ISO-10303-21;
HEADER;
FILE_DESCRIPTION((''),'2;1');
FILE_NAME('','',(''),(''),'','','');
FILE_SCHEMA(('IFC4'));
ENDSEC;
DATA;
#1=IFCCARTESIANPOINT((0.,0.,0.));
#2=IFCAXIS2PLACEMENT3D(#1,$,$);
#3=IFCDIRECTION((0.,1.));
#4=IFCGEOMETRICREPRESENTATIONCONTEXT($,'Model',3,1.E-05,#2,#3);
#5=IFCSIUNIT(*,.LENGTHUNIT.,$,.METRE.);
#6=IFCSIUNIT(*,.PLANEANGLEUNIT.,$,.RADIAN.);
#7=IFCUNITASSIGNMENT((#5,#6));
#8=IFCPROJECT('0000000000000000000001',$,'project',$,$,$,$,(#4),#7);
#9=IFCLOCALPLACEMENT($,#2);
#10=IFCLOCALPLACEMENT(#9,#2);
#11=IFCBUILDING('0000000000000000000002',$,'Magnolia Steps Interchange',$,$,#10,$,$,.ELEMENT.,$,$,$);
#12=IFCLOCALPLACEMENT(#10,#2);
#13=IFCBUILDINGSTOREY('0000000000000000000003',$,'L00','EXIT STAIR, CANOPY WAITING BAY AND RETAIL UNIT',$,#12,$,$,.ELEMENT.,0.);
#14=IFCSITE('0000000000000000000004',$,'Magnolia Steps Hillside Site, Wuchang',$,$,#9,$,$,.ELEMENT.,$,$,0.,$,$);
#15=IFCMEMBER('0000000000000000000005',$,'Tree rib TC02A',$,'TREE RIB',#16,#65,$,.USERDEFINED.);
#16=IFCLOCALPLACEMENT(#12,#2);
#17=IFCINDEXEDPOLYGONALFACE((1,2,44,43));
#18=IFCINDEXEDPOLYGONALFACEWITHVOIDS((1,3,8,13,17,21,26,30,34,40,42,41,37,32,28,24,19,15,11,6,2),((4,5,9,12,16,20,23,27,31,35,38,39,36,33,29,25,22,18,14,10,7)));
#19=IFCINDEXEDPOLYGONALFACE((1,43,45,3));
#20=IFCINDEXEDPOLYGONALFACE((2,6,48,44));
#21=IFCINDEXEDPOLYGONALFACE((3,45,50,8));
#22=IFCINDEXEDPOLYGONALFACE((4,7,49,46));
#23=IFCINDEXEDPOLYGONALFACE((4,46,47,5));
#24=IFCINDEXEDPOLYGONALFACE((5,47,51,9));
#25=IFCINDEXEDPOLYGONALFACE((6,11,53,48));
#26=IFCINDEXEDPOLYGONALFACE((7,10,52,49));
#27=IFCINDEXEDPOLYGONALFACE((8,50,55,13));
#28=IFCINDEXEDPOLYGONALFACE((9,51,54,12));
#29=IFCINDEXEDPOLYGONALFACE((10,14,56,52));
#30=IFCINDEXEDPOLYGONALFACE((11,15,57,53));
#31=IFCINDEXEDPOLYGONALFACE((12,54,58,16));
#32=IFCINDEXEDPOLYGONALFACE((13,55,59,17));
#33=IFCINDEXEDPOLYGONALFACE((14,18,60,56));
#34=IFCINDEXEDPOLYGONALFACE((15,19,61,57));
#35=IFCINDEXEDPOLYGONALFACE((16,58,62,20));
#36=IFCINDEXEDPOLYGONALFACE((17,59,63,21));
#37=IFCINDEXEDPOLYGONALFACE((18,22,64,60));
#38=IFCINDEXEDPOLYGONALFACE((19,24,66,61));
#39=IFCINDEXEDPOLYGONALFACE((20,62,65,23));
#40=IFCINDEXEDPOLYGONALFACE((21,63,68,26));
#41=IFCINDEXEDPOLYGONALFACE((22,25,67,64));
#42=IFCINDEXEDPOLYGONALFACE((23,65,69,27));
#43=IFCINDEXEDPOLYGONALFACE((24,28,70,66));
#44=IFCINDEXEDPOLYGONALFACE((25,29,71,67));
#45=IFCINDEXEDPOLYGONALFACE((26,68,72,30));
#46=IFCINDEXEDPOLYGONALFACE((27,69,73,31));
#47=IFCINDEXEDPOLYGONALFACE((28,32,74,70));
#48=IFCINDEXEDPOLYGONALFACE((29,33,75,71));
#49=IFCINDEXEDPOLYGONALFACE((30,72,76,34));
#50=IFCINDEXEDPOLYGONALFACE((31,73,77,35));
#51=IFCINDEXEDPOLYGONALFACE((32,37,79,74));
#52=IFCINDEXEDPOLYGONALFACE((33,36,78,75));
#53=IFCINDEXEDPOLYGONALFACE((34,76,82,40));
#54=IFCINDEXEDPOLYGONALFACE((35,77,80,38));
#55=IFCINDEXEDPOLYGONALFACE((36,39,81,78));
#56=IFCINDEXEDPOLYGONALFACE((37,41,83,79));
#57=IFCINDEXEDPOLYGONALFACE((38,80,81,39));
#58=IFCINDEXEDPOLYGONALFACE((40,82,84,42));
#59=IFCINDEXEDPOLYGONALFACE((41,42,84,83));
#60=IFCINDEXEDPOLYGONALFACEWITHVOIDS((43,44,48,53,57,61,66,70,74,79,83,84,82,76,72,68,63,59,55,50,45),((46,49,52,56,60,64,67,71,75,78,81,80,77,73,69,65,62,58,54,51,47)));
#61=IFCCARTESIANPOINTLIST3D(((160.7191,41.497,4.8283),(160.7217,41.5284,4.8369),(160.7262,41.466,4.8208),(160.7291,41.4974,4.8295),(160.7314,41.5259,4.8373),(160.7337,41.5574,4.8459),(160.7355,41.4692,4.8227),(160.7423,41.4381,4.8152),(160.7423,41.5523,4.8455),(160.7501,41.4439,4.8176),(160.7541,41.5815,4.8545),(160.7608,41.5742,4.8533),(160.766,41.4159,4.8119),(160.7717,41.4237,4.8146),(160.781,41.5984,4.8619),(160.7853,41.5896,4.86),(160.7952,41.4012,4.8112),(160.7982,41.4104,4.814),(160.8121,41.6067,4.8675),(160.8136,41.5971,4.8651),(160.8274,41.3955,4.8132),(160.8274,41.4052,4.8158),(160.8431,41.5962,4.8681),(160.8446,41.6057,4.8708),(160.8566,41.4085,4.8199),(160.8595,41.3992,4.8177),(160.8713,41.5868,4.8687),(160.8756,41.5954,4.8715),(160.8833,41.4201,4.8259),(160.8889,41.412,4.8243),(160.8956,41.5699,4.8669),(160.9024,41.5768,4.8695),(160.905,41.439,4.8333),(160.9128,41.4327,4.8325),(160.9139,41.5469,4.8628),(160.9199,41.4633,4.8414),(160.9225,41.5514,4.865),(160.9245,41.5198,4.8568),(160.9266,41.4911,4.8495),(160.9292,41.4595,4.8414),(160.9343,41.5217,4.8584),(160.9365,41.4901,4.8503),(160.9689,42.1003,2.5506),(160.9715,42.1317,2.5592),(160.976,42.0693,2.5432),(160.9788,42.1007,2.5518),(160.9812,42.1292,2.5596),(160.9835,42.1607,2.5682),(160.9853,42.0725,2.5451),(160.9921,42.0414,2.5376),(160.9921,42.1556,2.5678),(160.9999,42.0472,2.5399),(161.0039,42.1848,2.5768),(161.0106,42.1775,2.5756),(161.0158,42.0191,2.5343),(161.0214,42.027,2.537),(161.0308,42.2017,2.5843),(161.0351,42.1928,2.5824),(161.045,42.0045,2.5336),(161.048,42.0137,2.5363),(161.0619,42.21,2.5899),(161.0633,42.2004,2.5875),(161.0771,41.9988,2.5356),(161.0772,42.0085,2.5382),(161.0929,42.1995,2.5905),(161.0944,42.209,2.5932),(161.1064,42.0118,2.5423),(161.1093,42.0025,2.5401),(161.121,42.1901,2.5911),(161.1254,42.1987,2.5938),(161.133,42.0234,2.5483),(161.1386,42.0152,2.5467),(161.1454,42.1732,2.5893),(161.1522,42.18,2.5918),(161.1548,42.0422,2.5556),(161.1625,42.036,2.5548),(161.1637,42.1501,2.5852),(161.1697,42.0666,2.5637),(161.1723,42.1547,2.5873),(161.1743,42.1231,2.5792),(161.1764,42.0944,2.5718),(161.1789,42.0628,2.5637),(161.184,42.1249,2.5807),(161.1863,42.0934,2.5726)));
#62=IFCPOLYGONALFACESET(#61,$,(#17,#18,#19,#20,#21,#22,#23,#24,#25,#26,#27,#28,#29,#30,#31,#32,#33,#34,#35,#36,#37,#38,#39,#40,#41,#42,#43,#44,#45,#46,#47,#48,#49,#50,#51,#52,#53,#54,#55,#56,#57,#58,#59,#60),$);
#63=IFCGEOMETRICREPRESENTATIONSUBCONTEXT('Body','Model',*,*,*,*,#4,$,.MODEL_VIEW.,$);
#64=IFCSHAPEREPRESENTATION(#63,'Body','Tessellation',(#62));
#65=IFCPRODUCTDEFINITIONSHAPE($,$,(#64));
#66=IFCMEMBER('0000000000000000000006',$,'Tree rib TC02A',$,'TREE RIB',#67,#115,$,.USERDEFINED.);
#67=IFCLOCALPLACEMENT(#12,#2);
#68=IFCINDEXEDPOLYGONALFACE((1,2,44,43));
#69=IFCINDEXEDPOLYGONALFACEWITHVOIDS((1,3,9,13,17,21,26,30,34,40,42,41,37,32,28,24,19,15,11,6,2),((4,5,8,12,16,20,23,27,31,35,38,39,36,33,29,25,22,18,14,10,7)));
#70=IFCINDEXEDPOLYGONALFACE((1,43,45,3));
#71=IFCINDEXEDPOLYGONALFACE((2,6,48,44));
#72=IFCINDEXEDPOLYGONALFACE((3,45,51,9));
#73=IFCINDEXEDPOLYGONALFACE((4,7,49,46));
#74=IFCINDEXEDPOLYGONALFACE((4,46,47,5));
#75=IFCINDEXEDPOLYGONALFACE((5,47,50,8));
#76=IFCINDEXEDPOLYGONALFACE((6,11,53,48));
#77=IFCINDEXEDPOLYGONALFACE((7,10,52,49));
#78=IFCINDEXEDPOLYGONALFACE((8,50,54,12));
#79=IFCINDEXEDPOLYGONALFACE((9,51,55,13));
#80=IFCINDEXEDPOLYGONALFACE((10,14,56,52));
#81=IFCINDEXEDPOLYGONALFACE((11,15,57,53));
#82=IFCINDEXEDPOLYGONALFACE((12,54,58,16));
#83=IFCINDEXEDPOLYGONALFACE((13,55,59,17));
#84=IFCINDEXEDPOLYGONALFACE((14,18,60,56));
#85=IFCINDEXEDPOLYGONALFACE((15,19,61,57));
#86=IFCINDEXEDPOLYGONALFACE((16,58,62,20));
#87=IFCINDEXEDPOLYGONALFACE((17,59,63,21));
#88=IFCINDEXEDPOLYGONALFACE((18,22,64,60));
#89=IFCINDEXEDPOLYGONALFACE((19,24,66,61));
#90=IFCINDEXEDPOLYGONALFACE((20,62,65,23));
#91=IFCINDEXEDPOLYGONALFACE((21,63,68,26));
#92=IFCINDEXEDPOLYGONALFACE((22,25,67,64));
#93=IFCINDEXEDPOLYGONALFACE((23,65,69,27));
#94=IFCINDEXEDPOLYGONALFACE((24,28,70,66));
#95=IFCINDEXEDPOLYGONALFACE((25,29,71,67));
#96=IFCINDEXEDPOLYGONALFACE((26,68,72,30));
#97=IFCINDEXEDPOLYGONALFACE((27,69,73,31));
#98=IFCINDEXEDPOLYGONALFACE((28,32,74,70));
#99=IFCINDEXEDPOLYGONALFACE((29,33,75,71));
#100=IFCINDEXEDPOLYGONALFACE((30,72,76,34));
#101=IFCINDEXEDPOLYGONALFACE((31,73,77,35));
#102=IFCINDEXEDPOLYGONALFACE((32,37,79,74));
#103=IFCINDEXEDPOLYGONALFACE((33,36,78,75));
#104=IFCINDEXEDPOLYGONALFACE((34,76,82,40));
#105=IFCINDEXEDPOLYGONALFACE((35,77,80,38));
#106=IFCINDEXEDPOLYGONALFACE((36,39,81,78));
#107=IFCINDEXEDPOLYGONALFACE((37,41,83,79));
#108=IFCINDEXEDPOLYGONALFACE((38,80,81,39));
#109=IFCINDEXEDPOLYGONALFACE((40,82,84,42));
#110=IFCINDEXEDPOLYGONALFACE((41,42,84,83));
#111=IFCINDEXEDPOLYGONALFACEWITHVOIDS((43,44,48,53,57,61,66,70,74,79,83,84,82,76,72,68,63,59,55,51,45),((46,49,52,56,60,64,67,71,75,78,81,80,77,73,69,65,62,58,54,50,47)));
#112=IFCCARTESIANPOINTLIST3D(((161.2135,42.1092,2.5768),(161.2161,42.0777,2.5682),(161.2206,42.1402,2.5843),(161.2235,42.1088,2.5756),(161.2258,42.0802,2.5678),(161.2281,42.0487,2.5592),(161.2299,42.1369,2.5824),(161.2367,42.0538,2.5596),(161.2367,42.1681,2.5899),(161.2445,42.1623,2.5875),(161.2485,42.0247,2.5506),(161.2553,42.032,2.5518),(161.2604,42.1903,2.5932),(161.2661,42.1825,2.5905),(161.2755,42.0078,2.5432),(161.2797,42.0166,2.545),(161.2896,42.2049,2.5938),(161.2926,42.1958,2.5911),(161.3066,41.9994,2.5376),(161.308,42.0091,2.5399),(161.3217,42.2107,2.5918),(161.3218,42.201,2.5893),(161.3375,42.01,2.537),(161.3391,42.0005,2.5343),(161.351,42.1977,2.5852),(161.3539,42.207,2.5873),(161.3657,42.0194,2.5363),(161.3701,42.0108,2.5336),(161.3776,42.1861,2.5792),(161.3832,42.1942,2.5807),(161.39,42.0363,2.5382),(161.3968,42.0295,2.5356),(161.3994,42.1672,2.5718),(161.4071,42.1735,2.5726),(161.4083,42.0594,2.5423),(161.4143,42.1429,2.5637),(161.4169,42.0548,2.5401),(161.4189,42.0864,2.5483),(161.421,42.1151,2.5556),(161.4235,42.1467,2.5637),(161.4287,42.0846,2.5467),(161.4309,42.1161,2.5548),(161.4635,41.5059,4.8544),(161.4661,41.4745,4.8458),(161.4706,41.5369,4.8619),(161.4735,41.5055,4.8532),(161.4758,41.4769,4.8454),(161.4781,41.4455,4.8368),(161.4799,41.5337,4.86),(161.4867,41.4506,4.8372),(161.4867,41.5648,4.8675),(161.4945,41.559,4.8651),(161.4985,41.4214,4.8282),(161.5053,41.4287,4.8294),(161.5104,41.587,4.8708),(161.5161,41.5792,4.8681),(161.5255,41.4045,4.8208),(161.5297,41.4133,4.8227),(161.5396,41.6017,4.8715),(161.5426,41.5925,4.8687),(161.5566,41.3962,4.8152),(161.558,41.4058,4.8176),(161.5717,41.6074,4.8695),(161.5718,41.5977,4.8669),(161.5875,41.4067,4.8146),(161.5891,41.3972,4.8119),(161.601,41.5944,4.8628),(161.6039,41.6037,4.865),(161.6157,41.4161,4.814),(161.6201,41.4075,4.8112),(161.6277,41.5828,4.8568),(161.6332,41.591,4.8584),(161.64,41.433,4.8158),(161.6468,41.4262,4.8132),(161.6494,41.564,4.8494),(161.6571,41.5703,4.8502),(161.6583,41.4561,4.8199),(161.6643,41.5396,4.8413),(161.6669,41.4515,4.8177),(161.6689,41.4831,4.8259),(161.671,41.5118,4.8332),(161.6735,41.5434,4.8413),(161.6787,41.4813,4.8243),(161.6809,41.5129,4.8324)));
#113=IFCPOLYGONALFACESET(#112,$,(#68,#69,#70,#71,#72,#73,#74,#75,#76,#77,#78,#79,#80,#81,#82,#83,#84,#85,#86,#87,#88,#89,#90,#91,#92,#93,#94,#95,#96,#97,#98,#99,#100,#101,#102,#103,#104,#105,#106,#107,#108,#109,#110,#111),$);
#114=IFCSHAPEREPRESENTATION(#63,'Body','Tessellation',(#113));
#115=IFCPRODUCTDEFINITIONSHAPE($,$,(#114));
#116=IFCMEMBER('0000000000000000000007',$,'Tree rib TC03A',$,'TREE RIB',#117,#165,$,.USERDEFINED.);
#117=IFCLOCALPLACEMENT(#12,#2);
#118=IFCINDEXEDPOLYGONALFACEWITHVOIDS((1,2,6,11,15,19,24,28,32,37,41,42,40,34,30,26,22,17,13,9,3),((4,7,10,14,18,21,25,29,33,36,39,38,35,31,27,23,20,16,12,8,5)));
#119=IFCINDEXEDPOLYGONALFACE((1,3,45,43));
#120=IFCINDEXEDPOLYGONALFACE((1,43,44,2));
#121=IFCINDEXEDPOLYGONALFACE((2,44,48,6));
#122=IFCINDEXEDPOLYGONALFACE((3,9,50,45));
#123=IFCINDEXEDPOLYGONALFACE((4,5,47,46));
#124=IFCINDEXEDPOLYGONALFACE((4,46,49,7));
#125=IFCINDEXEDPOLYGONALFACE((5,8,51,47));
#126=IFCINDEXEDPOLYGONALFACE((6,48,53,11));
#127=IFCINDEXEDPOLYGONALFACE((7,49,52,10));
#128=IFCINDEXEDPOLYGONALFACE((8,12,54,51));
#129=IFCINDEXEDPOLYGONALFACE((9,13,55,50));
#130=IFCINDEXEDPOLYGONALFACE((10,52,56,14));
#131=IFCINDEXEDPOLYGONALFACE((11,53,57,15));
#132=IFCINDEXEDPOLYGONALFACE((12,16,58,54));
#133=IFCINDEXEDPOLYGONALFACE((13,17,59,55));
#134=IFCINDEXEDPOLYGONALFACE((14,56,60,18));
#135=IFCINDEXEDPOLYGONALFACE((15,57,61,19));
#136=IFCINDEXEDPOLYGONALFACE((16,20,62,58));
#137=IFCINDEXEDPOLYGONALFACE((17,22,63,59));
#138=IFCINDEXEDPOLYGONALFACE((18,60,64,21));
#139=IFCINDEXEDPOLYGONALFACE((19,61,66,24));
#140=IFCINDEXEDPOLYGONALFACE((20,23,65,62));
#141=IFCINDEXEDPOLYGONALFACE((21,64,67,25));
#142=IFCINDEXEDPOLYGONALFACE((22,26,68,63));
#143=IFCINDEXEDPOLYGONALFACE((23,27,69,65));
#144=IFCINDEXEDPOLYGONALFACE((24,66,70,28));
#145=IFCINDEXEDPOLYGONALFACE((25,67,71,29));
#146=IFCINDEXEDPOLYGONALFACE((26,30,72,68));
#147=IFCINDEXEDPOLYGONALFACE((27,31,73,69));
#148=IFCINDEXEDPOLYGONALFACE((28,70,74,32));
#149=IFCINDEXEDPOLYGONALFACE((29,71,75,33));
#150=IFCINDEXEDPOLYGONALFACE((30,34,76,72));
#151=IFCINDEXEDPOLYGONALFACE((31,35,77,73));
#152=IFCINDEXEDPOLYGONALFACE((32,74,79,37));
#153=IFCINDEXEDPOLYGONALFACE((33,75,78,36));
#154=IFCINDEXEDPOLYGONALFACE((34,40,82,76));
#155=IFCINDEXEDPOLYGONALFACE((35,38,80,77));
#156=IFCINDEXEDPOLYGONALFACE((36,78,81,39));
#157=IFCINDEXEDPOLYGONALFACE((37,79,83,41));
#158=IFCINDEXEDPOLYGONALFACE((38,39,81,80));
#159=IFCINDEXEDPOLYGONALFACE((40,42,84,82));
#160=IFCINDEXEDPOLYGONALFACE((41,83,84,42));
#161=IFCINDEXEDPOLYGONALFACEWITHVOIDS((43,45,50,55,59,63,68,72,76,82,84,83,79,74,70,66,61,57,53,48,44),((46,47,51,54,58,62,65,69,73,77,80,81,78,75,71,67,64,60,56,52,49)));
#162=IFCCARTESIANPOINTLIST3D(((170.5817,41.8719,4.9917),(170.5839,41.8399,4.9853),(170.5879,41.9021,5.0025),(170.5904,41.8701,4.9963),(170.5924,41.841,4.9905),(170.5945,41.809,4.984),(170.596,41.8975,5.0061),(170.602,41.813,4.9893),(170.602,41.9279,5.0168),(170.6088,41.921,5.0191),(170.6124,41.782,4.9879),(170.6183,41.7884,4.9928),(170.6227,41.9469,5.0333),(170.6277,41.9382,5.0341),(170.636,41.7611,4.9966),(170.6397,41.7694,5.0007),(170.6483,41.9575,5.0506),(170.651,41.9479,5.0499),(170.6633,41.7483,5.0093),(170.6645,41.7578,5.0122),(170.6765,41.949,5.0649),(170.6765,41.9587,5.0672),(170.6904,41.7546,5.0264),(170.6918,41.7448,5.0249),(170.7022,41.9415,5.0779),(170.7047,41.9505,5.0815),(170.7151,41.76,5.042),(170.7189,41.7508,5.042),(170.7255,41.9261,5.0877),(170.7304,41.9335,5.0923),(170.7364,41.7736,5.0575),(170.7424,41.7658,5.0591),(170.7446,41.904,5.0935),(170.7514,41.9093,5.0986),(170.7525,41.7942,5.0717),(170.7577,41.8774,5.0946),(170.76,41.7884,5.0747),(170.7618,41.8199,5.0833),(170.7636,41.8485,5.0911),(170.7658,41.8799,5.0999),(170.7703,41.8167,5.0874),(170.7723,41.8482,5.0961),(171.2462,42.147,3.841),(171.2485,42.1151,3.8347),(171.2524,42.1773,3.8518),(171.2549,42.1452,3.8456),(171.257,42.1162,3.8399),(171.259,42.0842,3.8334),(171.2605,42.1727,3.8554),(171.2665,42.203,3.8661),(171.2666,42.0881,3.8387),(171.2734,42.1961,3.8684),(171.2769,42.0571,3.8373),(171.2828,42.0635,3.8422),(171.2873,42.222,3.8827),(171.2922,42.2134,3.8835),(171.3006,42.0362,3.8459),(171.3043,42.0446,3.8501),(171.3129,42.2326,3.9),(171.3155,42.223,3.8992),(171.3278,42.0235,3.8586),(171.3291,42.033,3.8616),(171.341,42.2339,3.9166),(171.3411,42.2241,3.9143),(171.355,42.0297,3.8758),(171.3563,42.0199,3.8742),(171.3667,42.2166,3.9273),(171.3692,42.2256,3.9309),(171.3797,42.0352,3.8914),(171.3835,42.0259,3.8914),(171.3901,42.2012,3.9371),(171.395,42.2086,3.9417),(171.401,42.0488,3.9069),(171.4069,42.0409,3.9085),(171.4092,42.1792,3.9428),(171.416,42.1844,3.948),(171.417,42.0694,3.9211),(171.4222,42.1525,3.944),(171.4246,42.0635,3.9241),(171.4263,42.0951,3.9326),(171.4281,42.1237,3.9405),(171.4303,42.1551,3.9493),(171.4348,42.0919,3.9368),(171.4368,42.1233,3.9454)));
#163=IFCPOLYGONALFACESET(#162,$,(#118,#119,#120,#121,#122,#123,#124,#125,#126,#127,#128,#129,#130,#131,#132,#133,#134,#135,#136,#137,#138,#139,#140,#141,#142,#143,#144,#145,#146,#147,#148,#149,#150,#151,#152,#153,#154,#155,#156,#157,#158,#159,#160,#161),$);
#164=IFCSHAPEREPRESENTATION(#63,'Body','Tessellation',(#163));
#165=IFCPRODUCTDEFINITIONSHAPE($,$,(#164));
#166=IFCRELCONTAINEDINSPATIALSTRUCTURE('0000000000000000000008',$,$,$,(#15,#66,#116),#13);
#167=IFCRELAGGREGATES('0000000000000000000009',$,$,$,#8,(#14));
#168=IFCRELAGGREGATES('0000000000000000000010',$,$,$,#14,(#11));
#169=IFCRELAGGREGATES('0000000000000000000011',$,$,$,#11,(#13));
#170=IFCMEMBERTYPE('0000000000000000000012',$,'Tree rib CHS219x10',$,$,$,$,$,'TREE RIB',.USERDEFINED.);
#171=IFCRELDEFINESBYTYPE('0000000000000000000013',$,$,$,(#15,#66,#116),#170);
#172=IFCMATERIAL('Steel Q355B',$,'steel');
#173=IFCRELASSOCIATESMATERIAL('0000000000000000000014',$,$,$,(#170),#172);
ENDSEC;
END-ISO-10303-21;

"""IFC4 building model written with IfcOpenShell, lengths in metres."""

from ifc_helpers import new_model, si_unit, direction, frame, origin, origin_2d, place, context, subcontext, project, spatial, hollow_circle, extrude, material, material_profile, profile_set, type_object, element, save


model = new_model("IFC4")

# Units and contexts
model_context = context("Model", 3, precision=1e-05, world=origin(), true_north=direction((0.0, 1.0)))
body_context = subcontext(model_context, "Body", "Model", "MODEL_VIEW")
ifc_project = project(units=[si_unit("LENGTHUNIT", "METRE"), si_unit("PLANEANGLEUNIT", "RADIAN")], contexts=[model_context])

# Site, building, storey
site_placement = place(None, origin())
site = spatial("IfcSite", under=ifc_project, at=site_placement, Name="Magnolia Steps Hillside Site, Wuchang", CompositionType="ELEMENT", RefElevation=0.0)
building_placement = place(site_placement, origin())
building = spatial("IfcBuilding", under=site, at=building_placement, Name="Magnolia Steps Interchange", CompositionType="ELEMENT")
storey_placement = place(building_placement, origin())
storey = spatial("IfcBuildingStorey", under=building, at=storey_placement, Name="L00", Description="EXIT STAIR, CANOPY WAITING BAY AND RETAIL UNIT", CompositionType="ELEMENT", Elevation=0.0)

# Members
ifc_material_1 = material(Name="Steel Q355B", Category="steel")
ifc_material_profile = material_profile(ifc_material_1, hollow_circle(Radius=0.1096, WallThickness=0.01, at=origin_2d()), Name="CHS219x10")
ifc_profile_set = profile_set([ifc_material_profile], Name="Steel Q355B")
member_type = type_object("IfcMemberType", Name="Tree rib CHS219x10", ElementType="TREE RIB", PredefinedType="USERDEFINED", material=ifc_profile_set)
for number, where, z_axis, x_axis, name in (
    (1, (161.0776, 42.1047, 2.5637), (-0.105412, -0.254617, 0.96128), (0.923948, -0.382517, 0.0), "Tree rib TC02A"),
    (2, (161.3223, 42.1047, 2.5637), (0.105514, -0.254614, 0.961269), (0.923816, 0.382836, 0.0), "Tree rib TC02A"),
):
    element("IfcMember", number, at=place(storey_placement, frame(where, z_axis=z_axis, x_axis=x_axis)), inside=storey, type_object=member_type, Name=name, ObjectType="TREE RIB", PredefinedType="USERDEFINED", context=body_context, shape_type="SweptSolid", body=[
        extrude(hollow_circle(Radius=0.1096, WallThickness=0.01, at=origin_2d()), origin(), (0.0, 0.0, 1.0), 2.3694),
    ])
for number, where, z_axis, x_axis, name in (
    (3, (171.3416, 42.1272, 3.8914), (-0.489741, -0.202769, 0.847961), (0.382542, -0.923938, 0.0), "Tree rib TC03A"),
):
    element("IfcMember", number, at=place(storey_placement, frame(where, z_axis=z_axis, x_axis=x_axis)), inside=storey, type_object=member_type, Name=name, ObjectType="TREE RIB", PredefinedType="USERDEFINED", context=body_context, shape_type="SweptSolid", body=[
        extrude(hollow_circle(Radius=0.1096, WallThickness=0.01, at=origin_2d()), origin(), (0.0, 0.0, 1.0), 1.3569),
    ])

save(model, "model.ifc")
